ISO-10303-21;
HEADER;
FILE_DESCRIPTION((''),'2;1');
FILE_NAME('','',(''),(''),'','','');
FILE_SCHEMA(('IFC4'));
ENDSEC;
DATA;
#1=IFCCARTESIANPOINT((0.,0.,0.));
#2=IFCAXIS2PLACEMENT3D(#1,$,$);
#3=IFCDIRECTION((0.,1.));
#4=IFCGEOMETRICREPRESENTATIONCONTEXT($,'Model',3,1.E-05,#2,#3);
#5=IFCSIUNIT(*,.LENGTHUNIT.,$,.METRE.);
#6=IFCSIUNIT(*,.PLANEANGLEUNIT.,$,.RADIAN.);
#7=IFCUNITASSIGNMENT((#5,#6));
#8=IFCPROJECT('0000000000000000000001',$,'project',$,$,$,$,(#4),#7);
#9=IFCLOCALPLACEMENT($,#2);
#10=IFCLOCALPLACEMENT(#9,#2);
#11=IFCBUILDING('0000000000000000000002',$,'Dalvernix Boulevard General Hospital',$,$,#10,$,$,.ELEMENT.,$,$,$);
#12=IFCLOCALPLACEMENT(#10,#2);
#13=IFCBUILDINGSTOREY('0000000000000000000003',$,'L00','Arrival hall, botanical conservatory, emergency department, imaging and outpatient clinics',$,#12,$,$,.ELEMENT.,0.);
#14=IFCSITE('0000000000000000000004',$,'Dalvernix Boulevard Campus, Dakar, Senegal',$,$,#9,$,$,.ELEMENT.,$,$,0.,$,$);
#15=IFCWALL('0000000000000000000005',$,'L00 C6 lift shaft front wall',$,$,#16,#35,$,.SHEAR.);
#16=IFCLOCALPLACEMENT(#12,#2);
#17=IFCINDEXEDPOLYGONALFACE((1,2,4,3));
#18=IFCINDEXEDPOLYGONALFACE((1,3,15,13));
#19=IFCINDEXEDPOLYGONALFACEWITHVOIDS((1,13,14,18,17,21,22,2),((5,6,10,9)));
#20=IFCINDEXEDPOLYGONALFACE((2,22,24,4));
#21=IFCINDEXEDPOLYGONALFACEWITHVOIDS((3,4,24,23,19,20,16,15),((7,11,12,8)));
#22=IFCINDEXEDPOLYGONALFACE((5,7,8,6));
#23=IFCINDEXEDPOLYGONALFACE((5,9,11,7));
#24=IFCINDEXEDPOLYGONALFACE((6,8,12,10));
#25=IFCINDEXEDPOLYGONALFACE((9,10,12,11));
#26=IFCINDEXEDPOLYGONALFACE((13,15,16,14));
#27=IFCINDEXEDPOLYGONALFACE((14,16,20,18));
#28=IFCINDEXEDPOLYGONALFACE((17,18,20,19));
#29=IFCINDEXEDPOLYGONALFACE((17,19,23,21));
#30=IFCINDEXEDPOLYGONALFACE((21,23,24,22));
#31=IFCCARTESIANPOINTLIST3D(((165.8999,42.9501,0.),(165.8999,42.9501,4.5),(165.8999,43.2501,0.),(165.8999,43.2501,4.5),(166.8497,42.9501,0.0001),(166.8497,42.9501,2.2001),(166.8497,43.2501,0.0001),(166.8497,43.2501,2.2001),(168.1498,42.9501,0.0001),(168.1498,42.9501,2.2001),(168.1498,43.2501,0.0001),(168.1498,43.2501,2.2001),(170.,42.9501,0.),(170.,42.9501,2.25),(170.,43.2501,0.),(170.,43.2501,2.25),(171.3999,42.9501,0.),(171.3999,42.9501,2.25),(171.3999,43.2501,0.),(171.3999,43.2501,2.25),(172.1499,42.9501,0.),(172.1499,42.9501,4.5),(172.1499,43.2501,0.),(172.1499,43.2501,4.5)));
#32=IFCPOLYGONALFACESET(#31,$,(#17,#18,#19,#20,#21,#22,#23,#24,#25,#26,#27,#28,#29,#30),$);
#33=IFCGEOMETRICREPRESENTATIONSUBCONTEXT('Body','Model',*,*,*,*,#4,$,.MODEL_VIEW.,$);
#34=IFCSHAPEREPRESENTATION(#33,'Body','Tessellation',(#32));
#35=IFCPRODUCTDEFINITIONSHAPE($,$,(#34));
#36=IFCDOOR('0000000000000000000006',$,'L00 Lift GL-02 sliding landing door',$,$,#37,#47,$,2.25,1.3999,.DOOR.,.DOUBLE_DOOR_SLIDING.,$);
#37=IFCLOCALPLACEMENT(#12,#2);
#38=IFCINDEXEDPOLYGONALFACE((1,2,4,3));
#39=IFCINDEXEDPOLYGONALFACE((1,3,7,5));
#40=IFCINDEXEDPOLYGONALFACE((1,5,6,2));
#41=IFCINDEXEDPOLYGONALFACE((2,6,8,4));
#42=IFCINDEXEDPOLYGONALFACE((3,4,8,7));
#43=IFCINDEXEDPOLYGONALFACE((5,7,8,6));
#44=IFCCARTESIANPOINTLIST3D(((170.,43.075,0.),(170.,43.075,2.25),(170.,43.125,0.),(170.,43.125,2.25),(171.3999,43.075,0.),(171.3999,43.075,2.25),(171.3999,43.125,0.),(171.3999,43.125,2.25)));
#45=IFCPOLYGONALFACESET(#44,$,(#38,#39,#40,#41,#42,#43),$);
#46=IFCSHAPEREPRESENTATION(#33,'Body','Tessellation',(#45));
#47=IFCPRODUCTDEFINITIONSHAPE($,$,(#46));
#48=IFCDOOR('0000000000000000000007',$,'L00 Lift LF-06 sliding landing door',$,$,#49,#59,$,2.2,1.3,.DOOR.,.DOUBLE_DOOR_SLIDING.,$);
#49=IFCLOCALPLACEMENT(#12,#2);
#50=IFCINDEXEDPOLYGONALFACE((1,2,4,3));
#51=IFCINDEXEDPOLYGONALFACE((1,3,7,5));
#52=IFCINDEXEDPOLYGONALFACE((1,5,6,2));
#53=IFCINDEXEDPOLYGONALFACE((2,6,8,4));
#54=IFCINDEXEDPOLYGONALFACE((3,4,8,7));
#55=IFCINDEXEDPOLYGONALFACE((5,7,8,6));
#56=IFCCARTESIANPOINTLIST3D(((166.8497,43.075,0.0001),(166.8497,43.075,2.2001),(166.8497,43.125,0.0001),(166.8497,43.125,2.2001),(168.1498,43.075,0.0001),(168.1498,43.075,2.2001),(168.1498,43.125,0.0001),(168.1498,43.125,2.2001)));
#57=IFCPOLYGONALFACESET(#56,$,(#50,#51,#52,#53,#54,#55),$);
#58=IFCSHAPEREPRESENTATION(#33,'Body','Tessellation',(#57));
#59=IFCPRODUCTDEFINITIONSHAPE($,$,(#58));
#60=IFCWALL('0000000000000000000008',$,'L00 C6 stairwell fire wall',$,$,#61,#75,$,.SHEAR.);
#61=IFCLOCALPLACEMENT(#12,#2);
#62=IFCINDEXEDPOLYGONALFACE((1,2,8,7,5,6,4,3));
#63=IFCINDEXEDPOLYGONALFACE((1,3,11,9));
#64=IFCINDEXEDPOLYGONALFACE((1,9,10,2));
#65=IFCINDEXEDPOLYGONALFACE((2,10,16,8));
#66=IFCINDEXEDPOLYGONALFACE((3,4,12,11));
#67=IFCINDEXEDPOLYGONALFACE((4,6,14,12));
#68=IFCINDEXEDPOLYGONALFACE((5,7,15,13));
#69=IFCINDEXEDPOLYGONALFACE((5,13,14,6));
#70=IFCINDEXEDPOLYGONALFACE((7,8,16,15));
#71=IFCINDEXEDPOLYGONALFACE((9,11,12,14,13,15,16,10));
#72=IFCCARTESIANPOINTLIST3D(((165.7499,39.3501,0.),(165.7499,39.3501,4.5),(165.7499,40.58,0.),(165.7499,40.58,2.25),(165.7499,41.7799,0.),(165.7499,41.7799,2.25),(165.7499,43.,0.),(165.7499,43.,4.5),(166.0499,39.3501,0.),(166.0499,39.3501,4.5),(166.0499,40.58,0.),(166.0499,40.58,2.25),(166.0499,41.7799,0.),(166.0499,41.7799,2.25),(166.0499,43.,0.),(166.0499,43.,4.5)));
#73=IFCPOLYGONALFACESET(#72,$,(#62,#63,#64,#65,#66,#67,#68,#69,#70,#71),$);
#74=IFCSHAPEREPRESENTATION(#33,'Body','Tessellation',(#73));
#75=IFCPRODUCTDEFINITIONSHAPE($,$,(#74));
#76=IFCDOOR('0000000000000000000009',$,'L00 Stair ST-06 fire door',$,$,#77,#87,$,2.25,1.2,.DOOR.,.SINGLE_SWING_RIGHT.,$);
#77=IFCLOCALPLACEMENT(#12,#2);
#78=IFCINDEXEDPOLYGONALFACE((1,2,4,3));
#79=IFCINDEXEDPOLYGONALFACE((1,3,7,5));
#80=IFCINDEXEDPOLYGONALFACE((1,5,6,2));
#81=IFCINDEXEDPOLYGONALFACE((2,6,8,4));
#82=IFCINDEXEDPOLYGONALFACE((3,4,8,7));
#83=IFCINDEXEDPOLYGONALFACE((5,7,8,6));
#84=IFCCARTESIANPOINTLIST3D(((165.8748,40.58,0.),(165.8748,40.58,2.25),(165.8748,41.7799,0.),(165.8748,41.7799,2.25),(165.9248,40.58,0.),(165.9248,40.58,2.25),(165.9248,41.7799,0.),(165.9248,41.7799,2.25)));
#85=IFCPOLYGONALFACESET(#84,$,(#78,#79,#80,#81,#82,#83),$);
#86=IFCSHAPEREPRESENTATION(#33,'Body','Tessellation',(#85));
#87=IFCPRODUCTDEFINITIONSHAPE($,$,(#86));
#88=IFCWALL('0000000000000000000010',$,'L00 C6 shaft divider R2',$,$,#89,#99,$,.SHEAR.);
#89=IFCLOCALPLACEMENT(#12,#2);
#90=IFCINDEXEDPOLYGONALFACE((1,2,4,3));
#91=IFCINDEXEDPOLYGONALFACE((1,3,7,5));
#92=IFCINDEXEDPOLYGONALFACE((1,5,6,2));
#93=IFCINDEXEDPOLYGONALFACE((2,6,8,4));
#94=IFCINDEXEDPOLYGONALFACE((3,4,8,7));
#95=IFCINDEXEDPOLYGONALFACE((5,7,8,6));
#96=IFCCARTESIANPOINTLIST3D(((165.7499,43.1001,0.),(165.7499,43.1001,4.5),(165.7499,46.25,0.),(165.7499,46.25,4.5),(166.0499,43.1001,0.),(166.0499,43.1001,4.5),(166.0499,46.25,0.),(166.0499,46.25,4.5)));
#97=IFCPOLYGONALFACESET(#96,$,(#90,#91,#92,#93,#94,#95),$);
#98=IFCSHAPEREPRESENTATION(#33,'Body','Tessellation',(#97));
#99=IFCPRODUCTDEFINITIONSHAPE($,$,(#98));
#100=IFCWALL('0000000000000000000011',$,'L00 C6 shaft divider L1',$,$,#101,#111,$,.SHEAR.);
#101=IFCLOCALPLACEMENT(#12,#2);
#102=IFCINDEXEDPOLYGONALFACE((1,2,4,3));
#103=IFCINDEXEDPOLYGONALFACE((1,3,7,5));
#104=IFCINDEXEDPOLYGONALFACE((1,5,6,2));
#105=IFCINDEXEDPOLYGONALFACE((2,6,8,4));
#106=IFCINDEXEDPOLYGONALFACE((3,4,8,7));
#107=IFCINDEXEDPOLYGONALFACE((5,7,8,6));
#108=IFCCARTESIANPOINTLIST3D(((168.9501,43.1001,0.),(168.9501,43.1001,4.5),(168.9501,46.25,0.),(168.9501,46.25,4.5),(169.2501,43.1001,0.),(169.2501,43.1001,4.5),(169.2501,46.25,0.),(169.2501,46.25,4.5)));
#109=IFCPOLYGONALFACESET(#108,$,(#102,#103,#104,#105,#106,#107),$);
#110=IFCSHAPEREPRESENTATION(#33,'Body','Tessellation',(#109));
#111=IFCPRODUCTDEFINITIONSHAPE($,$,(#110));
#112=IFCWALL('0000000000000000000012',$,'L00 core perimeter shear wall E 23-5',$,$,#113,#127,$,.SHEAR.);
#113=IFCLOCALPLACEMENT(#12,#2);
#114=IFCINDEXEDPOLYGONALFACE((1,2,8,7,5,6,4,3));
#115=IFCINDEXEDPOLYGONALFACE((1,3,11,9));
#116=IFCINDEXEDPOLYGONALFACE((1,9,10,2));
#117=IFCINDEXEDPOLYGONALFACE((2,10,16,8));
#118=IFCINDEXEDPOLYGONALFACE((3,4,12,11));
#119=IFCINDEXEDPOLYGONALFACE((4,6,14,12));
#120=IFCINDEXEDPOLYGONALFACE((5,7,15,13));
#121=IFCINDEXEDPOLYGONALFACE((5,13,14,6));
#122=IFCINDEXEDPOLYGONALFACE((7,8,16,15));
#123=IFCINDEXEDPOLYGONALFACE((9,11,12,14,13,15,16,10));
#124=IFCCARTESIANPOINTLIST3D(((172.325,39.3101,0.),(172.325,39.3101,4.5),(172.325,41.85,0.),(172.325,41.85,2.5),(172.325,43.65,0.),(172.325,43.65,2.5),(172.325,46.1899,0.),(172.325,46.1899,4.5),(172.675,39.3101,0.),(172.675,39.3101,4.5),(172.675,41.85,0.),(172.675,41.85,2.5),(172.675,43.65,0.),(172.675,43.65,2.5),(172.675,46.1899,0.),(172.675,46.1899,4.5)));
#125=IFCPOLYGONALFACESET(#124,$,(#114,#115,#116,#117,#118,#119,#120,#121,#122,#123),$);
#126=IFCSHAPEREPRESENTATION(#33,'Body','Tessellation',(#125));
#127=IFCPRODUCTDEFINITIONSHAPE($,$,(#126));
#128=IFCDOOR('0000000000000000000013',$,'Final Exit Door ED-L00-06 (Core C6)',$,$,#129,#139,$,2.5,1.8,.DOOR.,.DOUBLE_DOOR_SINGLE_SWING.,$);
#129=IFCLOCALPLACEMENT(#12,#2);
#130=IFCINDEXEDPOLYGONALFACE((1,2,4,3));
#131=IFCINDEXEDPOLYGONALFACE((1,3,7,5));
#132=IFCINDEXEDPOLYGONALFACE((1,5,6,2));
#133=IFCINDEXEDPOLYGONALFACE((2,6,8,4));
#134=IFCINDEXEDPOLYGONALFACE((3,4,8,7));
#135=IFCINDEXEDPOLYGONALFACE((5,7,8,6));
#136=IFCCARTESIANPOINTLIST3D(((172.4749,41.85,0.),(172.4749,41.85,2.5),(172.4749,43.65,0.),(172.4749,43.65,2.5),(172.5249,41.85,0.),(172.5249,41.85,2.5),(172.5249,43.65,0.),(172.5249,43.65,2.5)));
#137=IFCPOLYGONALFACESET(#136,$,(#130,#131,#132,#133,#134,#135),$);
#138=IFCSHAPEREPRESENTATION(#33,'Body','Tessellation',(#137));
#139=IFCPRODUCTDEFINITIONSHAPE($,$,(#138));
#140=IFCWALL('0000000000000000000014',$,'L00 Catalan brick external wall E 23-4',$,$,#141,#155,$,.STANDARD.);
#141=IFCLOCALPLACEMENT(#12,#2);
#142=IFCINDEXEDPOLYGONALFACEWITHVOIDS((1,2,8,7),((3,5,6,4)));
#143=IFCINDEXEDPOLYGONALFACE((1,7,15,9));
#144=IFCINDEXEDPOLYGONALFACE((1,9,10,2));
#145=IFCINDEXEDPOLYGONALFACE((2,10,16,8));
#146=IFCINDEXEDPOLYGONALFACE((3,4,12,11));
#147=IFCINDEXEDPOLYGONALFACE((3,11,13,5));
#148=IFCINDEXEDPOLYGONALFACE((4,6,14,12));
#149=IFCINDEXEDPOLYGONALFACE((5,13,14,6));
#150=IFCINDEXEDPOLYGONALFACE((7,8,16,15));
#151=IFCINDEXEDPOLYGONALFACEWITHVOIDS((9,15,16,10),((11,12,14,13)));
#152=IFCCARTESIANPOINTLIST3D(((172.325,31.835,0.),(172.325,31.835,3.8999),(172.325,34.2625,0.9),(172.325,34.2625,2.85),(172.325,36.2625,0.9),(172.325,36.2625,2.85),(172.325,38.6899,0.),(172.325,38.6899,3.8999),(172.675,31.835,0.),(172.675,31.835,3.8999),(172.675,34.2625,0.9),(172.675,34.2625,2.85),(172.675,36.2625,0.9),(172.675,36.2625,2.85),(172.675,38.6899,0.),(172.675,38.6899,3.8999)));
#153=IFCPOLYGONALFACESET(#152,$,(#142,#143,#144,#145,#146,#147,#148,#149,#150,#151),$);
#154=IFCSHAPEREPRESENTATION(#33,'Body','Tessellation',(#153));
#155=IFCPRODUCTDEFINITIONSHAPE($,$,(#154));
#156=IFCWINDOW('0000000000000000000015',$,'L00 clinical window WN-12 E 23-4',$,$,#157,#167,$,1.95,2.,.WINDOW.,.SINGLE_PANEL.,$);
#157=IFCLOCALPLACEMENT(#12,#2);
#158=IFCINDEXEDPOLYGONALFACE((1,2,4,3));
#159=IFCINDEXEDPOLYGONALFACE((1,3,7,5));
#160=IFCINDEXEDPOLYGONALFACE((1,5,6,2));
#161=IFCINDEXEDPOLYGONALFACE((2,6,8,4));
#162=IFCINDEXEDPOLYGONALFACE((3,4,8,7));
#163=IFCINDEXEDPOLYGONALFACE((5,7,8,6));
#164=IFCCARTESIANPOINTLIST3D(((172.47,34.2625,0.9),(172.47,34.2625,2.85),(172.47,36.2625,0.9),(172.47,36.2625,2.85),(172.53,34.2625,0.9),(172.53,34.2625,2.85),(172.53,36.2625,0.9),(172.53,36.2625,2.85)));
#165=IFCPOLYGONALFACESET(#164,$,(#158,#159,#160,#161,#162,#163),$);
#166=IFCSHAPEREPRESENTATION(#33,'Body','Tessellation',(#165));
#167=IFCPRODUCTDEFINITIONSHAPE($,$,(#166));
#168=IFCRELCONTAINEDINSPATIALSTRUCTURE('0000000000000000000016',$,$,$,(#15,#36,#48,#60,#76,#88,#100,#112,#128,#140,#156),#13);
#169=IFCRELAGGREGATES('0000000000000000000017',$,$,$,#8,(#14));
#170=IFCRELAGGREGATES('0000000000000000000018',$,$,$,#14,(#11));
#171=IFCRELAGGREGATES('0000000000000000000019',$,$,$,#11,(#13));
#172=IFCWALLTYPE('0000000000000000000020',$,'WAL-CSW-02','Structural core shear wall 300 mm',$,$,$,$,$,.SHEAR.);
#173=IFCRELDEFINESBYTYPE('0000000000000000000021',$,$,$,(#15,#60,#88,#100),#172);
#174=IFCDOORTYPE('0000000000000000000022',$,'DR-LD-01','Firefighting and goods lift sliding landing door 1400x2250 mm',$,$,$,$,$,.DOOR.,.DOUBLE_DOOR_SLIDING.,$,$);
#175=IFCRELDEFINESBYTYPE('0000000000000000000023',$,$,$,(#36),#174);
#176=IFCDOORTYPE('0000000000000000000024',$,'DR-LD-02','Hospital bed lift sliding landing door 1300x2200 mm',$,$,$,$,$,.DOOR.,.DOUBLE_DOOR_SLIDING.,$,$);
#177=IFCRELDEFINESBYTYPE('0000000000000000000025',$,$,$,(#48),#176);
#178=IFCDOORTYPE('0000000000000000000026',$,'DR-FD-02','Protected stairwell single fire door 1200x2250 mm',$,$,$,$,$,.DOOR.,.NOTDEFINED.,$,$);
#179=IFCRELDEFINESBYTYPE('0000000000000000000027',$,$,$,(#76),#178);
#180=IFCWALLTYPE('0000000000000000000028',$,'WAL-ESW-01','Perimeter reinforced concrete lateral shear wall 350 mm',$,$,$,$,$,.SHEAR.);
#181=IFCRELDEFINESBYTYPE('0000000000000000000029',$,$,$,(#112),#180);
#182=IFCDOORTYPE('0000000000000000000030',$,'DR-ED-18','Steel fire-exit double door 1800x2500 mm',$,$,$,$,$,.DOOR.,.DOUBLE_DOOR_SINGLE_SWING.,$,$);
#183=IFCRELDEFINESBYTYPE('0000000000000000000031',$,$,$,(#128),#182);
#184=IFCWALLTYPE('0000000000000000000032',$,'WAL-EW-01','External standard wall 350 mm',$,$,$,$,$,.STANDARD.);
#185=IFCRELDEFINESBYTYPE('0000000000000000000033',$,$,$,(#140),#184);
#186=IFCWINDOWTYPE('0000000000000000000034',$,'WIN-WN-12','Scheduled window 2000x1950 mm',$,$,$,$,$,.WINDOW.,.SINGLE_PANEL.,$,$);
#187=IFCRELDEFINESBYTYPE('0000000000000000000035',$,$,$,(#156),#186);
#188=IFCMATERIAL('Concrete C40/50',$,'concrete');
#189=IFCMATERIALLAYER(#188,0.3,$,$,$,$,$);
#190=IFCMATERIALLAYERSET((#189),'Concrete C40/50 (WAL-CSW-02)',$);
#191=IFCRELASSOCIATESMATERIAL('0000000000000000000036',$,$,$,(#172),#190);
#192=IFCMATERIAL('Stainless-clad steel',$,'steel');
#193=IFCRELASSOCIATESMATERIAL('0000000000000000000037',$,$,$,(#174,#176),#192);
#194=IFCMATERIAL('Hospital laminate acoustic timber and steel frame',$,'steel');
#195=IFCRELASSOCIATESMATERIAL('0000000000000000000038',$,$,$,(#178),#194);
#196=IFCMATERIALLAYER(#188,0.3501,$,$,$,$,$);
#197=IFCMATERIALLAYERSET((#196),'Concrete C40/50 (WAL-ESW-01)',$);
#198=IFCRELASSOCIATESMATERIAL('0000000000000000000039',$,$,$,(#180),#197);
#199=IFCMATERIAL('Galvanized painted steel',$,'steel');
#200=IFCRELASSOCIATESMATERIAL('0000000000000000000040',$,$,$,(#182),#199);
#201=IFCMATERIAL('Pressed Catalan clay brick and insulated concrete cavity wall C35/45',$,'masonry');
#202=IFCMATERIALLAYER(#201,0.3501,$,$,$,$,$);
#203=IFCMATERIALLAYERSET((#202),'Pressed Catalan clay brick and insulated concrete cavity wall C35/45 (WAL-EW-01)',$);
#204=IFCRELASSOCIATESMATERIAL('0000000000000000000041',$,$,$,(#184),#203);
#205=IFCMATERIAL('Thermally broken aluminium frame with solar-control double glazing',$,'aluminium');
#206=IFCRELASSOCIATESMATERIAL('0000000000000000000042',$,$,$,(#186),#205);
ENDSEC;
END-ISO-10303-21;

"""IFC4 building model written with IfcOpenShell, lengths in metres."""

from ifc_helpers import new_model, si_unit, direction, frame, frame_2d, origin, place, context, subcontext, project, spatial, rectangle, extrude, material, layer, layer_set, type_object, element, fill, save


model = new_model("IFC4")

# Units and contexts
model_context = context("Model", 3, precision=1e-05, world=origin(), true_north=direction((0.0, 1.0)))
body_context = subcontext(model_context, "Body", "Model", "MODEL_VIEW")
ifc_project = project(units=[si_unit("LENGTHUNIT", "METRE"), si_unit("PLANEANGLEUNIT", "RADIAN")], contexts=[model_context])

# Site, building, storey
site_placement = place(None, origin())
site = spatial("IfcSite", under=ifc_project, at=site_placement, Name="Dalvernix Boulevard Campus, Dakar, Senegal", CompositionType="ELEMENT", RefElevation=0.0)
building_placement = place(site_placement, origin())
building = spatial("IfcBuilding", under=site, at=building_placement, Name="Dalvernix Boulevard General Hospital", CompositionType="ELEMENT")
storey_placement = place(building_placement, origin())
storey = spatial("IfcBuildingStorey", under=building, at=storey_placement, Name="L00", Description="Arrival hall, botanical conservatory, emergency department, imaging and outpatient clinics", CompositionType="ELEMENT", Elevation=0.0)

# Shared definitions
ifc_material_1 = material(Name="Concrete C40/50", Category="concrete")

# Shared definitions
ifc_material_2 = material(Name="Hospital laminate acoustic timber and steel frame", Category="steel")

# Wall, openings, doors
ifc_layer_1 = layer(ifc_material_1, 0.3)
ifc_layer_set_1 = layer_set([ifc_layer_1], Name="Concrete C40/50 (WAL-CSW-02)")
wall_type_1 = type_object("IfcWallType", Name="WAL-CSW-02", Description="Structural core shear wall 300 mm", PredefinedType="SHEAR", material=ifc_layer_set_1)
wall_1_placement = place(storey_placement, frame((165.8999, 43.1001, 0.0), z_axis=(0.0, 0.0, 1.0), x_axis=(1.0, 0.0, 0.0)))
wall_1 = element("IfcWall", 1, at=wall_1_placement, inside=storey, type_object=wall_type_1, Name="L00 C6 lift shaft front wall", PredefinedType="SHEAR", context=body_context, shape_type="SweptSolid", body=[
    extrude(rectangle(XDim=6.25, YDim=0.3, at=frame_2d((3.125, 0.0))), origin(), (0.0, 0.0, 1.0), 4.5),
])
opening_1_placement = place(wall_1_placement, frame((0.95, 0.0, 0.0)))
opening_1 = element("IfcOpeningElement", 2, at=opening_1_placement, cuts=wall_1, PredefinedType="OPENING", context=body_context, shape_type="SweptSolid", body=[
    extrude(rectangle(XDim=1.3, YDim=2.2, at=frame_2d((0.6499, 1.1001))), frame((0.0, 0.1599, 0.0), z_axis=(0.0, -1.0, 0.0), x_axis=(1.0, 0.0, 0.0)), (0.0, 0.0, 1.0), 0.3201),
])
opening_2_placement = place(wall_1_placement, frame((4.1001, 0.0, 0.0)))
opening_2 = element("IfcOpeningElement", 3, at=opening_2_placement, cuts=wall_1, PredefinedType="OPENING", context=body_context, shape_type="SweptSolid", body=[
    extrude(rectangle(XDim=1.3999, YDim=2.25, at=frame_2d((0.7, 1.125))), frame((0.0, 0.1599, 0.0), z_axis=(0.0, -1.0, 0.0), x_axis=(1.0, 0.0, 0.0)), (0.0, 0.0, 1.0), 0.3201),
])
ifc_material_3 = material(Name="Stainless-clad steel", Category="steel")
door_type_1 = type_object("IfcDoorType", Name="DR-LD-01", Description="Firefighting and goods lift sliding landing door 1400x2250 mm", OperationType="DOUBLE_DOOR_SLIDING", PredefinedType="DOOR", material=ifc_material_3)
door_1_placement = place(opening_2_placement, origin())
door_1 = element("IfcDoor", 4, at=door_1_placement, inside=storey, type_object=door_type_1, Name="L00 Lift GL-02 sliding landing door", OperationType="DOUBLE_DOOR_SLIDING", OverallHeight=2.25, OverallWidth=1.3999, PredefinedType="DOOR", context=body_context, shape_type="SweptSolid", body=[
    extrude(rectangle(XDim=1.3999, YDim=2.25, at=frame_2d((0.7, 1.125))), frame((0.0, 0.0249, 0.0), z_axis=(0.0, -1.0, 0.0), x_axis=(1.0, 0.0, 0.0)), (0.0, 0.0, 1.0), 0.05),
])
fill(opening_2, door_1)
door_type_2 = type_object("IfcDoorType", Name="DR-LD-02", Description="Hospital bed lift sliding landing door 1300x2200 mm", OperationType="DOUBLE_DOOR_SLIDING", PredefinedType="DOOR", material=ifc_material_3)
door_2_placement = place(opening_1_placement, origin())
door_2 = element("IfcDoor", 5, at=door_2_placement, inside=storey, type_object=door_type_2, Name="L00 Lift LF-06 sliding landing door", OperationType="DOUBLE_DOOR_SLIDING", OverallHeight=2.2, OverallWidth=1.3, PredefinedType="DOOR", context=body_context, shape_type="SweptSolid", body=[
    extrude(rectangle(XDim=1.3, YDim=2.2, at=frame_2d((0.6499, 1.1001))), frame((0.0, 0.0249, 0.0), z_axis=(0.0, -1.0, 0.0), x_axis=(1.0, 0.0, 0.0)), (0.0, 0.0, 1.0), 0.05),
])
fill(opening_1, door_2)

# Wall, opening, door
wall_2_placement = place(storey_placement, frame((165.8999, 43.0, 0.0), z_axis=(0.0, 0.0, 1.0), x_axis=(0.0, -1.0, 0.0)))
wall_2 = element("IfcWall", 6, at=wall_2_placement, inside=storey, type_object=wall_type_1, Name="L00 C6 stairwell fire wall", PredefinedType="SHEAR", context=body_context, shape_type="SweptSolid", body=[
    extrude(rectangle(XDim=3.6499, YDim=0.3, at=frame_2d((1.825, 0.0))), origin(), (0.0, 0.0, 1.0), 4.5),
])
opening_3_placement = place(wall_2_placement, frame((1.22, 0.0, 0.0)))
opening_3 = element("IfcOpeningElement", 7, at=opening_3_placement, cuts=wall_2, PredefinedType="OPENING", context=body_context, shape_type="SweptSolid", body=[
    extrude(rectangle(XDim=1.2, YDim=2.25, at=frame_2d((0.6001, 1.125))), frame((0.0, 0.1599, 0.0), z_axis=(0.0, -1.0, 0.0), x_axis=(1.0, 0.0, 0.0)), (0.0, 0.0, 1.0), 0.3201),
])
door_type_3 = type_object("IfcDoorType", Name="DR-FD-02", Description="Protected stairwell single fire door 1200x2250 mm", OperationType="NOTDEFINED", PredefinedType="DOOR", material=ifc_material_2)
door_3_placement = place(opening_3_placement, origin())
door_3 = element("IfcDoor", 8, at=door_3_placement, inside=storey, type_object=door_type_3, Name="L00 Stair ST-06 fire door", OperationType="SINGLE_SWING_RIGHT", OverallHeight=2.25, OverallWidth=1.2, PredefinedType="DOOR", context=body_context, shape_type="SweptSolid", body=[
    extrude(rectangle(XDim=1.2, YDim=2.25, at=frame_2d((0.6001, 1.125))), frame((0.0, 0.0249, 0.0), z_axis=(0.0, -1.0, 0.0), x_axis=(1.0, 0.0, 0.0)), (0.0, 0.0, 1.0), 0.05),
])
fill(opening_3, door_3)

# Walls
for number, where, z_axis, x_axis, name in (
    (9, (165.8999, 43.1001, 0.0), (0.0, 0.0, 1.0), (0.0, 1.0, 0.0), "L00 C6 shaft divider R2"),
    (10, (169.1001, 43.1001, 0.0), (0.0, 0.0, 1.0), (0.0, 1.0, 0.0), "L00 C6 shaft divider L1"),
):
    element("IfcWall", number, at=place(storey_placement, frame(where, z_axis=z_axis, x_axis=x_axis)), inside=storey, type_object=wall_type_1, Name=name, PredefinedType="SHEAR", context=body_context, shape_type="SweptSolid", body=[
        extrude(rectangle(XDim=3.1499, YDim=0.3, at=frame_2d((1.575, 0.0))), origin(), (0.0, 0.0, 1.0), 4.5),
    ])

# Wall, opening, door
ifc_layer_2 = layer(ifc_material_1, 0.3501)
ifc_layer_set_2 = layer_set([ifc_layer_2], Name="Concrete C40/50 (WAL-ESW-01)")
wall_type_2 = type_object("IfcWallType", Name="WAL-ESW-01", Description="Perimeter reinforced concrete lateral shear wall 350 mm", PredefinedType="SHEAR", material=ifc_layer_set_2)
wall_3_placement = place(storey_placement, frame((172.5, 46.1899, 0.0), z_axis=(0.0, 0.0, 1.0), x_axis=(0.0, -1.0, 0.0)))
wall_3 = element("IfcWall", 11, at=wall_3_placement, inside=storey, type_object=wall_type_2, Name="L00 core perimeter shear wall E 23-5", PredefinedType="SHEAR", context=body_context, shape_type="SweptSolid", body=[
    extrude(rectangle(XDim=6.8799, YDim=0.3501, at=frame_2d((3.4399, 0.0))), origin(), (0.0, 0.0, 1.0), 4.5),
])
opening_4_placement = place(wall_3_placement, frame((2.54, 0.0, 0.0)))
opening_4 = element("IfcOpeningElement", 12, at=opening_4_placement, cuts=wall_3, PredefinedType="OPENING", context=body_context, shape_type="SweptSolid", body=[
    extrude(rectangle(XDim=1.8, YDim=2.5, at=frame_2d((0.8999, 1.25))), frame((0.0, 0.1851, 0.0), z_axis=(0.0, -1.0, 0.0), x_axis=(1.0, 0.0, 0.0)), (0.0, 0.0, 1.0), 0.3701),
])
ifc_material_4 = material(Name="Galvanized painted steel", Category="steel")
door_type_4 = type_object("IfcDoorType", Name="DR-ED-18", Description="Steel fire-exit double door 1800x2500 mm", OperationType="DOUBLE_DOOR_SINGLE_SWING", PredefinedType="DOOR", material=ifc_material_4)
door_4_placement = place(opening_4_placement, origin())
door_4 = element("IfcDoor", 13, at=door_4_placement, inside=storey, type_object=door_type_4, Name="Final Exit Door ED-L00-06 (Core C6)", OperationType="DOUBLE_DOOR_SINGLE_SWING", OverallHeight=2.5, OverallWidth=1.8, PredefinedType="DOOR", context=body_context, shape_type="SweptSolid", body=[
    extrude(rectangle(XDim=1.8, YDim=2.5, at=frame_2d((0.8999, 1.25))), frame((0.0, 0.0249, 0.0), z_axis=(0.0, -1.0, 0.0), x_axis=(1.0, 0.0, 0.0)), (0.0, 0.0, 1.0), 0.05),
])
fill(opening_4, door_4)

# Wall, opening, window
ifc_material_5 = material(Name="Pressed Catalan clay brick and insulated concrete cavity wall C35/45", Category="masonry")
ifc_layer_3 = layer(ifc_material_5, 0.3501)
ifc_layer_set_3 = layer_set([ifc_layer_3], Name="Pressed Catalan clay brick and insulated concrete cavity wall C35/45 (WAL-EW-01)")
wall_type_3 = type_object("IfcWallType", Name="WAL-EW-01", Description="External standard wall 350 mm", PredefinedType="STANDARD", material=ifc_layer_set_3)
wall_4_placement = place(storey_placement, frame((172.5, 38.6899, 0.0), z_axis=(0.0, 0.0, 1.0), x_axis=(0.0, -1.0, 0.0)))
wall_4 = element("IfcWall", 14, at=wall_4_placement, inside=storey, type_object=wall_type_3, Name="L00 Catalan brick external wall E 23-4", PredefinedType="STANDARD", context=body_context, shape_type="SweptSolid", body=[
    extrude(rectangle(XDim=6.855, YDim=0.3501, at=frame_2d((3.4275, 0.0))), origin(), (0.0, 0.0, 1.0), 3.8999),
])
opening_5_placement = place(wall_4_placement, frame((2.4275, 0.0, 0.8999)))
opening_5 = element("IfcOpeningElement", 15, at=opening_5_placement, cuts=wall_4, PredefinedType="OPENING", context=body_context, shape_type="SweptSolid", body=[
    extrude(rectangle(XDim=2.0, YDim=1.95, at=frame_2d((1.0, 0.9751))), frame((0.0, 0.1851, 0.0), z_axis=(0.0, -1.0, 0.0), x_axis=(1.0, 0.0, 0.0)), (0.0, 0.0, 1.0), 0.3701),
])
ifc_material_6 = material(Name="Thermally broken aluminium frame with solar-control double glazing", Category="aluminium")
window_type = type_object("IfcWindowType", Name="WIN-WN-12", Description="Scheduled window 2000x1950 mm", PartitioningType="SINGLE_PANEL", PredefinedType="WINDOW", material=ifc_material_6)
window_placement = place(opening_5_placement, origin())
window = element("IfcWindow", 16, at=window_placement, inside=storey, type_object=window_type, Name="L00 clinical window WN-12 E 23-4", OverallHeight=1.95, OverallWidth=2.0, PartitioningType="SINGLE_PANEL", PredefinedType="WINDOW", context=body_context, shape_type="SweptSolid", body=[
    extrude(rectangle(XDim=2.0, YDim=1.95, at=frame_2d((1.0, 0.9751))), frame((0.0, 0.03, 0.0), z_axis=(0.0, -1.0, 0.0), x_axis=(1.0, 0.0, 0.0)), (0.0, 0.0, 1.0), 0.0601),
])
fill(opening_5, window)

save(model, "model.ifc")
